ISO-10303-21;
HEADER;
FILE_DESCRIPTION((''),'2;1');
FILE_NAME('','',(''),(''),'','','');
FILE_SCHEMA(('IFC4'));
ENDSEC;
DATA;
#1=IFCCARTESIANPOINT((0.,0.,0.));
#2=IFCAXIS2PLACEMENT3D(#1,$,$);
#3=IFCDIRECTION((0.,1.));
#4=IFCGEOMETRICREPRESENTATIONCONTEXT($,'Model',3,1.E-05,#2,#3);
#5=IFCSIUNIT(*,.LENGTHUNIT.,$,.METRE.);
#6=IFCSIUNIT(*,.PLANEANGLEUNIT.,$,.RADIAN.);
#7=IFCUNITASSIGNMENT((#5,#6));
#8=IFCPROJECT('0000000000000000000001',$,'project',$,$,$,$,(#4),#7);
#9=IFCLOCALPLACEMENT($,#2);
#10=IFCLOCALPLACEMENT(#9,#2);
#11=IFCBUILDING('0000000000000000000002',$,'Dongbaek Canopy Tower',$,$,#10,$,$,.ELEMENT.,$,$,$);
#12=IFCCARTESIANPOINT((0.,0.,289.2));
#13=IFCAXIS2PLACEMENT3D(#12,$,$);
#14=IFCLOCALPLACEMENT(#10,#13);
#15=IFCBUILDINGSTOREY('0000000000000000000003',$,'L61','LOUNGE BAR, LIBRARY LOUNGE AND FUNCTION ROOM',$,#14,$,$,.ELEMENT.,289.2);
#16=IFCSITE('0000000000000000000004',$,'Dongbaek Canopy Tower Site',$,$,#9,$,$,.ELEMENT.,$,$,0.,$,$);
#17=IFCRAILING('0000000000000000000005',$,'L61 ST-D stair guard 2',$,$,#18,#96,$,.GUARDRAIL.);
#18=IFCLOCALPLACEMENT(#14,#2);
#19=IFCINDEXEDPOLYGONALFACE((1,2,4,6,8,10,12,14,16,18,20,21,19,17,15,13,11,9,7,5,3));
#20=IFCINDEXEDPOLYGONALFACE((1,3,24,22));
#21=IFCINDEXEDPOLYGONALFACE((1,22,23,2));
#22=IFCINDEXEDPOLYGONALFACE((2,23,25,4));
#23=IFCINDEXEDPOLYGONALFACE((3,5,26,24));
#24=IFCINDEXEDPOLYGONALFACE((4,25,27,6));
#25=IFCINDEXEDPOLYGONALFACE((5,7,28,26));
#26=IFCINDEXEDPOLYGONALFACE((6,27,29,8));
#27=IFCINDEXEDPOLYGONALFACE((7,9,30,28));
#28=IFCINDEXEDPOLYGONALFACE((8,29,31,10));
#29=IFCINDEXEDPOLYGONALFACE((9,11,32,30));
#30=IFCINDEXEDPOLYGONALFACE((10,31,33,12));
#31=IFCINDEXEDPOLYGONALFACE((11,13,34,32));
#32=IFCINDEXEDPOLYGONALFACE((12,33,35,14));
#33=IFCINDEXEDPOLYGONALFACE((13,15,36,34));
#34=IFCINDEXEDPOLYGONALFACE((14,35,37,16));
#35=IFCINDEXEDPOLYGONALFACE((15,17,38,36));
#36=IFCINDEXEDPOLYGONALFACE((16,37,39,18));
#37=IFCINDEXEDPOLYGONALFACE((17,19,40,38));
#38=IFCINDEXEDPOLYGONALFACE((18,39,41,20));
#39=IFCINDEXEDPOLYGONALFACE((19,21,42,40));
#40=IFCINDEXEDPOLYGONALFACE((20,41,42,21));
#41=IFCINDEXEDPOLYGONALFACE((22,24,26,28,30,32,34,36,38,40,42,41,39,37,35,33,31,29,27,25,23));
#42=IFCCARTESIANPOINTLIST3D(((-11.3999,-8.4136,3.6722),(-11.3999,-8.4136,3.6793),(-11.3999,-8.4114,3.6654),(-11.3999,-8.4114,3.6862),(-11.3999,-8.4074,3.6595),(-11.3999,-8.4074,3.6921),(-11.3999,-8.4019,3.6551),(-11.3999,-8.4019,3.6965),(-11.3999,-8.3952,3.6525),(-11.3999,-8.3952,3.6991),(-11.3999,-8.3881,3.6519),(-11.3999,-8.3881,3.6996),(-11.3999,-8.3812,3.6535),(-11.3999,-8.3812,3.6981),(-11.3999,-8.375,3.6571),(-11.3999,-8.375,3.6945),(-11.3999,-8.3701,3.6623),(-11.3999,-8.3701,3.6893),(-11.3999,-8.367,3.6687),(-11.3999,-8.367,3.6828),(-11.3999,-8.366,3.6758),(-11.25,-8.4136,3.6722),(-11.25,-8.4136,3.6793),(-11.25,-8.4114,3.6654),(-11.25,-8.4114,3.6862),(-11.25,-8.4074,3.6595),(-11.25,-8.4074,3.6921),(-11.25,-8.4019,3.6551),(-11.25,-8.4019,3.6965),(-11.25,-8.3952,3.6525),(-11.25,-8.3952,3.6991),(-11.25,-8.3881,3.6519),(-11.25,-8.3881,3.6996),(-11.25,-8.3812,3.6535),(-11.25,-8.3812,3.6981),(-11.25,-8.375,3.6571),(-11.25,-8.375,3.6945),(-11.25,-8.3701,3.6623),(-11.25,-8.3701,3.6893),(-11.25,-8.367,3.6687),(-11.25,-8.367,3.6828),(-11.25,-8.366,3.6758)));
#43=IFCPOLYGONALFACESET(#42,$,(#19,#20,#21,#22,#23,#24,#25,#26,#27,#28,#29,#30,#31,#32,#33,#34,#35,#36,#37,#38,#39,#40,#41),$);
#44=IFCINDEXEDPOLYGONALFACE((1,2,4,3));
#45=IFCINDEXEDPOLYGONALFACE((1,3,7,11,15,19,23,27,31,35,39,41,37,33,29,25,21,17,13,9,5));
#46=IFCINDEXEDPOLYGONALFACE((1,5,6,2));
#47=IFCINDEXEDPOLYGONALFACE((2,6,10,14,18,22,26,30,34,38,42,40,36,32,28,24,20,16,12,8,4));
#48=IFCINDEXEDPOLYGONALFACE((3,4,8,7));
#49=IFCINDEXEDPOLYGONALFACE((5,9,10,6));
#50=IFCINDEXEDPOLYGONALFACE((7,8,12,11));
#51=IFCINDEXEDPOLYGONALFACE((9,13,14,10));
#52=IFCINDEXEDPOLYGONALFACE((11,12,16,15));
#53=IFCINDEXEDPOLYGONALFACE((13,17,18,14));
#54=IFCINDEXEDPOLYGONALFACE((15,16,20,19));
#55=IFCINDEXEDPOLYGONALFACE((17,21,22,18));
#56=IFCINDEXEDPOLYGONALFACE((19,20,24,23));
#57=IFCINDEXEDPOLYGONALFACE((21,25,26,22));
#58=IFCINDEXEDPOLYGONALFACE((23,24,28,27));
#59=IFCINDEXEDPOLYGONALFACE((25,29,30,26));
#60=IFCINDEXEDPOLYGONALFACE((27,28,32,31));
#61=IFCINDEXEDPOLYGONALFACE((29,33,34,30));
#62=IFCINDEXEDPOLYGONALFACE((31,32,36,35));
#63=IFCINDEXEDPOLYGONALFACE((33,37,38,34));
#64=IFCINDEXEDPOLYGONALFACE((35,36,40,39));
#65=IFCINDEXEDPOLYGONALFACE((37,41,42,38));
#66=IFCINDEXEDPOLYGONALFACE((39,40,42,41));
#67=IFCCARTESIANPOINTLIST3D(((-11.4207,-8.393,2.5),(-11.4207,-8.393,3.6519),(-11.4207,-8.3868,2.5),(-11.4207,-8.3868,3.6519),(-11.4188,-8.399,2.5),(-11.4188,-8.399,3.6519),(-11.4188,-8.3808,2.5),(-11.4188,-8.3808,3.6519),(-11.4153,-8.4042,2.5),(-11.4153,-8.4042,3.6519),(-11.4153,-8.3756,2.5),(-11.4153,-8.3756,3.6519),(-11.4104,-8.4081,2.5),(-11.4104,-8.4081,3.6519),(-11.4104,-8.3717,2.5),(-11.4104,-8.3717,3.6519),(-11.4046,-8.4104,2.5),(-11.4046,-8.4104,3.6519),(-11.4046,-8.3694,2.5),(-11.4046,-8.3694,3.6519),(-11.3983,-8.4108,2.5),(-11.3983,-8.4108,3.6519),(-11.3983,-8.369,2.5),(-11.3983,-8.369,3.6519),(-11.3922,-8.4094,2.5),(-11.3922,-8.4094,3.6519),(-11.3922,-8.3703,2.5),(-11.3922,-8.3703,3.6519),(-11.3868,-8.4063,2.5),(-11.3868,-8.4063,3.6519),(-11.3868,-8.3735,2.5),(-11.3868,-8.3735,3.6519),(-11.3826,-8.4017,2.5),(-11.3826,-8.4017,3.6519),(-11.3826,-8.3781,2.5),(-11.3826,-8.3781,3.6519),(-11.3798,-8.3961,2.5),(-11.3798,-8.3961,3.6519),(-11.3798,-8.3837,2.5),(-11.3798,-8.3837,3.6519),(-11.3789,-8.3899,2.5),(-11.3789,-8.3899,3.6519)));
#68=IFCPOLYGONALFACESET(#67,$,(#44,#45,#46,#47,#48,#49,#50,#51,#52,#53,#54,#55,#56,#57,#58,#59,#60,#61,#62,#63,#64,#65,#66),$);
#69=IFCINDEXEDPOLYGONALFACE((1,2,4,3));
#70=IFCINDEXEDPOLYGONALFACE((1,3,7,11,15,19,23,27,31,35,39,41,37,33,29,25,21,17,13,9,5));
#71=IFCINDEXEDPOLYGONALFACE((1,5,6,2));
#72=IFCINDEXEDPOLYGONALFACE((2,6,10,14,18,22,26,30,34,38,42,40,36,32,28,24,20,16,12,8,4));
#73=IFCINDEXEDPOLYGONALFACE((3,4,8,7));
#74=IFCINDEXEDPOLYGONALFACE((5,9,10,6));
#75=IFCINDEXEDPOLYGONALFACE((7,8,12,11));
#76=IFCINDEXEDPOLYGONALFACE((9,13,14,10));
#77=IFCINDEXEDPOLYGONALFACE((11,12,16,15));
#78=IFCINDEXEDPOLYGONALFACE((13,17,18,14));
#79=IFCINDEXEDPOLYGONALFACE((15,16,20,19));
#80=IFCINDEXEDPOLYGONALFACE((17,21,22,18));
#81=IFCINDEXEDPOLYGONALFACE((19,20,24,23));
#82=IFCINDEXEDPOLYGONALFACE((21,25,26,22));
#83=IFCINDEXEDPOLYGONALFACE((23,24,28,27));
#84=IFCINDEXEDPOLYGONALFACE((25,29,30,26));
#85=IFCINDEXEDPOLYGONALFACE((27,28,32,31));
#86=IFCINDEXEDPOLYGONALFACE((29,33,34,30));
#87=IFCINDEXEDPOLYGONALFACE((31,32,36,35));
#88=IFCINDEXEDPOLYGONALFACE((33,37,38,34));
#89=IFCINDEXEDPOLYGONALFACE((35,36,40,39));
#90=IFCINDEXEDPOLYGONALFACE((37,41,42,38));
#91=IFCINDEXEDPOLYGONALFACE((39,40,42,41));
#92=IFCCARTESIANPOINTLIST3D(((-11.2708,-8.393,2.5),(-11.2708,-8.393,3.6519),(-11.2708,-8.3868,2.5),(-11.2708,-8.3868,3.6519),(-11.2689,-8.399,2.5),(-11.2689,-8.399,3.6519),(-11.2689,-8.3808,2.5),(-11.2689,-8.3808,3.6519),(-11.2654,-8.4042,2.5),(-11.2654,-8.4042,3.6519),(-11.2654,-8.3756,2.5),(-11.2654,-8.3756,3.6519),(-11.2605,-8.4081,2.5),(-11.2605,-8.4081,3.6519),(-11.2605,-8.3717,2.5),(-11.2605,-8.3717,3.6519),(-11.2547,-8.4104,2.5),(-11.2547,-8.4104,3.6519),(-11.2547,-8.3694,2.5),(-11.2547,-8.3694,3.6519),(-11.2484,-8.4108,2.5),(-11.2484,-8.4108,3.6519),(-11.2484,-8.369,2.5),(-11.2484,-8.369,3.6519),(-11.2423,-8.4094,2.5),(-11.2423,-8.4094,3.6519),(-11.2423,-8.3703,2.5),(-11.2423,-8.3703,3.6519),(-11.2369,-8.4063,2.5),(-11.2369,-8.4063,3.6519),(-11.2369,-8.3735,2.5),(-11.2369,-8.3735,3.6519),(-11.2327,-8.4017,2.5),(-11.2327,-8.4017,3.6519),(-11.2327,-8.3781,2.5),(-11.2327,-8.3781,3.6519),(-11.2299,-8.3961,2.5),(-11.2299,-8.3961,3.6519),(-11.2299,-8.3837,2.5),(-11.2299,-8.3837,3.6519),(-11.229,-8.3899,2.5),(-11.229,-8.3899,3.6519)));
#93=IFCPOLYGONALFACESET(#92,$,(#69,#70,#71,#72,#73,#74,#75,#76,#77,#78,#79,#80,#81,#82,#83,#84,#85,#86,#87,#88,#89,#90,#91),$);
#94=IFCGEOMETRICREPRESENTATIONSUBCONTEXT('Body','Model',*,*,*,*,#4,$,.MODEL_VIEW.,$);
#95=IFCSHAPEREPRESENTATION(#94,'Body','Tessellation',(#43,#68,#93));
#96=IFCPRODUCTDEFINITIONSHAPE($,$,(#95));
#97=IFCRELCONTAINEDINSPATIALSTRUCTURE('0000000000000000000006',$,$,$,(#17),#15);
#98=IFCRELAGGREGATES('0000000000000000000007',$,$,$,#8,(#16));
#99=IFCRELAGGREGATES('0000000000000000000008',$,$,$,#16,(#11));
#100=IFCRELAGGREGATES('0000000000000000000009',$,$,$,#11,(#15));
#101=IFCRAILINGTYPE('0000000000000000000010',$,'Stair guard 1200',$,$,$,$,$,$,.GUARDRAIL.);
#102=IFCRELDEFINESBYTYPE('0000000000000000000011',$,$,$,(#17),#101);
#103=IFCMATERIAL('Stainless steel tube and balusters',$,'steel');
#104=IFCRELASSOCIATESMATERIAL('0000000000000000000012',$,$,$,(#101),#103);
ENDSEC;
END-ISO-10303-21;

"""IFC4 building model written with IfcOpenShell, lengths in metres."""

from ifc_helpers import new_model, si_unit, direction, frame, origin, origin_2d, place, context, subcontext, project, spatial, circle, extrude, material, type_object, element, save


model = new_model("IFC4")

# Units and contexts
model_context = context("Model", 3, precision=1e-05, world=origin(), true_north=direction((0.0, 1.0)))
body_context = subcontext(model_context, "Body", "Model", "MODEL_VIEW")
ifc_project = project(units=[si_unit("LENGTHUNIT", "METRE"), si_unit("PLANEANGLEUNIT", "RADIAN")], contexts=[model_context])

# Site, building, storey
site_placement = place(None, origin())
site = spatial("IfcSite", under=ifc_project, at=site_placement, Name="Dongbaek Canopy Tower Site", CompositionType="ELEMENT", RefElevation=0.0)
building_placement = place(site_placement, origin())
building = spatial("IfcBuilding", under=site, at=building_placement, Name="Dongbaek Canopy Tower", CompositionType="ELEMENT")
storey_placement = place(building_placement, frame((0.0, 0.0, 289.2)))
storey = spatial("IfcBuildingStorey", under=building, at=storey_placement, Name="L61", Description="LOUNGE BAR, LIBRARY LOUNGE AND FUNCTION ROOM", CompositionType="ELEMENT", Elevation=289.2)

# Railing
ifc_material_1 = material(Name="Stainless steel tube and balusters", Category="steel")
railing_type_1 = type_object("IfcRailingType", Name="Stair guard 1200", PredefinedType="GUARDRAIL", material=ifc_material_1)
railing_1_placement = place(storey_placement, frame((-11.3999, -8.3899, 2.5)))
element("IfcRailing", 1, at=railing_1_placement, inside=storey, type_object=railing_type_1, Name="L61 ST-D stair guard 2", PredefinedType="GUARDRAIL", context=body_context, shape_type="SweptSolid", body=[
    extrude(circle(Radius=0.0239, at=origin_2d()), frame((0.0, 0.0, 1.1758), z_axis=(1.0, 0.0, 0.0), x_axis=(0.0, 1.0, 0.0)), (0.0, 0.0, 1.0), 0.1499),
    extrude(circle(Radius=0.021, at=origin_2d()), origin(), (0.0, 0.0, 1.0), 1.1519),
    extrude(circle(Radius=0.021, at=origin_2d()), frame((0.1499, 0.0, 0.0)), (0.0, 0.0, 1.0), 1.1519),
])

save(model, "model.ifc")
